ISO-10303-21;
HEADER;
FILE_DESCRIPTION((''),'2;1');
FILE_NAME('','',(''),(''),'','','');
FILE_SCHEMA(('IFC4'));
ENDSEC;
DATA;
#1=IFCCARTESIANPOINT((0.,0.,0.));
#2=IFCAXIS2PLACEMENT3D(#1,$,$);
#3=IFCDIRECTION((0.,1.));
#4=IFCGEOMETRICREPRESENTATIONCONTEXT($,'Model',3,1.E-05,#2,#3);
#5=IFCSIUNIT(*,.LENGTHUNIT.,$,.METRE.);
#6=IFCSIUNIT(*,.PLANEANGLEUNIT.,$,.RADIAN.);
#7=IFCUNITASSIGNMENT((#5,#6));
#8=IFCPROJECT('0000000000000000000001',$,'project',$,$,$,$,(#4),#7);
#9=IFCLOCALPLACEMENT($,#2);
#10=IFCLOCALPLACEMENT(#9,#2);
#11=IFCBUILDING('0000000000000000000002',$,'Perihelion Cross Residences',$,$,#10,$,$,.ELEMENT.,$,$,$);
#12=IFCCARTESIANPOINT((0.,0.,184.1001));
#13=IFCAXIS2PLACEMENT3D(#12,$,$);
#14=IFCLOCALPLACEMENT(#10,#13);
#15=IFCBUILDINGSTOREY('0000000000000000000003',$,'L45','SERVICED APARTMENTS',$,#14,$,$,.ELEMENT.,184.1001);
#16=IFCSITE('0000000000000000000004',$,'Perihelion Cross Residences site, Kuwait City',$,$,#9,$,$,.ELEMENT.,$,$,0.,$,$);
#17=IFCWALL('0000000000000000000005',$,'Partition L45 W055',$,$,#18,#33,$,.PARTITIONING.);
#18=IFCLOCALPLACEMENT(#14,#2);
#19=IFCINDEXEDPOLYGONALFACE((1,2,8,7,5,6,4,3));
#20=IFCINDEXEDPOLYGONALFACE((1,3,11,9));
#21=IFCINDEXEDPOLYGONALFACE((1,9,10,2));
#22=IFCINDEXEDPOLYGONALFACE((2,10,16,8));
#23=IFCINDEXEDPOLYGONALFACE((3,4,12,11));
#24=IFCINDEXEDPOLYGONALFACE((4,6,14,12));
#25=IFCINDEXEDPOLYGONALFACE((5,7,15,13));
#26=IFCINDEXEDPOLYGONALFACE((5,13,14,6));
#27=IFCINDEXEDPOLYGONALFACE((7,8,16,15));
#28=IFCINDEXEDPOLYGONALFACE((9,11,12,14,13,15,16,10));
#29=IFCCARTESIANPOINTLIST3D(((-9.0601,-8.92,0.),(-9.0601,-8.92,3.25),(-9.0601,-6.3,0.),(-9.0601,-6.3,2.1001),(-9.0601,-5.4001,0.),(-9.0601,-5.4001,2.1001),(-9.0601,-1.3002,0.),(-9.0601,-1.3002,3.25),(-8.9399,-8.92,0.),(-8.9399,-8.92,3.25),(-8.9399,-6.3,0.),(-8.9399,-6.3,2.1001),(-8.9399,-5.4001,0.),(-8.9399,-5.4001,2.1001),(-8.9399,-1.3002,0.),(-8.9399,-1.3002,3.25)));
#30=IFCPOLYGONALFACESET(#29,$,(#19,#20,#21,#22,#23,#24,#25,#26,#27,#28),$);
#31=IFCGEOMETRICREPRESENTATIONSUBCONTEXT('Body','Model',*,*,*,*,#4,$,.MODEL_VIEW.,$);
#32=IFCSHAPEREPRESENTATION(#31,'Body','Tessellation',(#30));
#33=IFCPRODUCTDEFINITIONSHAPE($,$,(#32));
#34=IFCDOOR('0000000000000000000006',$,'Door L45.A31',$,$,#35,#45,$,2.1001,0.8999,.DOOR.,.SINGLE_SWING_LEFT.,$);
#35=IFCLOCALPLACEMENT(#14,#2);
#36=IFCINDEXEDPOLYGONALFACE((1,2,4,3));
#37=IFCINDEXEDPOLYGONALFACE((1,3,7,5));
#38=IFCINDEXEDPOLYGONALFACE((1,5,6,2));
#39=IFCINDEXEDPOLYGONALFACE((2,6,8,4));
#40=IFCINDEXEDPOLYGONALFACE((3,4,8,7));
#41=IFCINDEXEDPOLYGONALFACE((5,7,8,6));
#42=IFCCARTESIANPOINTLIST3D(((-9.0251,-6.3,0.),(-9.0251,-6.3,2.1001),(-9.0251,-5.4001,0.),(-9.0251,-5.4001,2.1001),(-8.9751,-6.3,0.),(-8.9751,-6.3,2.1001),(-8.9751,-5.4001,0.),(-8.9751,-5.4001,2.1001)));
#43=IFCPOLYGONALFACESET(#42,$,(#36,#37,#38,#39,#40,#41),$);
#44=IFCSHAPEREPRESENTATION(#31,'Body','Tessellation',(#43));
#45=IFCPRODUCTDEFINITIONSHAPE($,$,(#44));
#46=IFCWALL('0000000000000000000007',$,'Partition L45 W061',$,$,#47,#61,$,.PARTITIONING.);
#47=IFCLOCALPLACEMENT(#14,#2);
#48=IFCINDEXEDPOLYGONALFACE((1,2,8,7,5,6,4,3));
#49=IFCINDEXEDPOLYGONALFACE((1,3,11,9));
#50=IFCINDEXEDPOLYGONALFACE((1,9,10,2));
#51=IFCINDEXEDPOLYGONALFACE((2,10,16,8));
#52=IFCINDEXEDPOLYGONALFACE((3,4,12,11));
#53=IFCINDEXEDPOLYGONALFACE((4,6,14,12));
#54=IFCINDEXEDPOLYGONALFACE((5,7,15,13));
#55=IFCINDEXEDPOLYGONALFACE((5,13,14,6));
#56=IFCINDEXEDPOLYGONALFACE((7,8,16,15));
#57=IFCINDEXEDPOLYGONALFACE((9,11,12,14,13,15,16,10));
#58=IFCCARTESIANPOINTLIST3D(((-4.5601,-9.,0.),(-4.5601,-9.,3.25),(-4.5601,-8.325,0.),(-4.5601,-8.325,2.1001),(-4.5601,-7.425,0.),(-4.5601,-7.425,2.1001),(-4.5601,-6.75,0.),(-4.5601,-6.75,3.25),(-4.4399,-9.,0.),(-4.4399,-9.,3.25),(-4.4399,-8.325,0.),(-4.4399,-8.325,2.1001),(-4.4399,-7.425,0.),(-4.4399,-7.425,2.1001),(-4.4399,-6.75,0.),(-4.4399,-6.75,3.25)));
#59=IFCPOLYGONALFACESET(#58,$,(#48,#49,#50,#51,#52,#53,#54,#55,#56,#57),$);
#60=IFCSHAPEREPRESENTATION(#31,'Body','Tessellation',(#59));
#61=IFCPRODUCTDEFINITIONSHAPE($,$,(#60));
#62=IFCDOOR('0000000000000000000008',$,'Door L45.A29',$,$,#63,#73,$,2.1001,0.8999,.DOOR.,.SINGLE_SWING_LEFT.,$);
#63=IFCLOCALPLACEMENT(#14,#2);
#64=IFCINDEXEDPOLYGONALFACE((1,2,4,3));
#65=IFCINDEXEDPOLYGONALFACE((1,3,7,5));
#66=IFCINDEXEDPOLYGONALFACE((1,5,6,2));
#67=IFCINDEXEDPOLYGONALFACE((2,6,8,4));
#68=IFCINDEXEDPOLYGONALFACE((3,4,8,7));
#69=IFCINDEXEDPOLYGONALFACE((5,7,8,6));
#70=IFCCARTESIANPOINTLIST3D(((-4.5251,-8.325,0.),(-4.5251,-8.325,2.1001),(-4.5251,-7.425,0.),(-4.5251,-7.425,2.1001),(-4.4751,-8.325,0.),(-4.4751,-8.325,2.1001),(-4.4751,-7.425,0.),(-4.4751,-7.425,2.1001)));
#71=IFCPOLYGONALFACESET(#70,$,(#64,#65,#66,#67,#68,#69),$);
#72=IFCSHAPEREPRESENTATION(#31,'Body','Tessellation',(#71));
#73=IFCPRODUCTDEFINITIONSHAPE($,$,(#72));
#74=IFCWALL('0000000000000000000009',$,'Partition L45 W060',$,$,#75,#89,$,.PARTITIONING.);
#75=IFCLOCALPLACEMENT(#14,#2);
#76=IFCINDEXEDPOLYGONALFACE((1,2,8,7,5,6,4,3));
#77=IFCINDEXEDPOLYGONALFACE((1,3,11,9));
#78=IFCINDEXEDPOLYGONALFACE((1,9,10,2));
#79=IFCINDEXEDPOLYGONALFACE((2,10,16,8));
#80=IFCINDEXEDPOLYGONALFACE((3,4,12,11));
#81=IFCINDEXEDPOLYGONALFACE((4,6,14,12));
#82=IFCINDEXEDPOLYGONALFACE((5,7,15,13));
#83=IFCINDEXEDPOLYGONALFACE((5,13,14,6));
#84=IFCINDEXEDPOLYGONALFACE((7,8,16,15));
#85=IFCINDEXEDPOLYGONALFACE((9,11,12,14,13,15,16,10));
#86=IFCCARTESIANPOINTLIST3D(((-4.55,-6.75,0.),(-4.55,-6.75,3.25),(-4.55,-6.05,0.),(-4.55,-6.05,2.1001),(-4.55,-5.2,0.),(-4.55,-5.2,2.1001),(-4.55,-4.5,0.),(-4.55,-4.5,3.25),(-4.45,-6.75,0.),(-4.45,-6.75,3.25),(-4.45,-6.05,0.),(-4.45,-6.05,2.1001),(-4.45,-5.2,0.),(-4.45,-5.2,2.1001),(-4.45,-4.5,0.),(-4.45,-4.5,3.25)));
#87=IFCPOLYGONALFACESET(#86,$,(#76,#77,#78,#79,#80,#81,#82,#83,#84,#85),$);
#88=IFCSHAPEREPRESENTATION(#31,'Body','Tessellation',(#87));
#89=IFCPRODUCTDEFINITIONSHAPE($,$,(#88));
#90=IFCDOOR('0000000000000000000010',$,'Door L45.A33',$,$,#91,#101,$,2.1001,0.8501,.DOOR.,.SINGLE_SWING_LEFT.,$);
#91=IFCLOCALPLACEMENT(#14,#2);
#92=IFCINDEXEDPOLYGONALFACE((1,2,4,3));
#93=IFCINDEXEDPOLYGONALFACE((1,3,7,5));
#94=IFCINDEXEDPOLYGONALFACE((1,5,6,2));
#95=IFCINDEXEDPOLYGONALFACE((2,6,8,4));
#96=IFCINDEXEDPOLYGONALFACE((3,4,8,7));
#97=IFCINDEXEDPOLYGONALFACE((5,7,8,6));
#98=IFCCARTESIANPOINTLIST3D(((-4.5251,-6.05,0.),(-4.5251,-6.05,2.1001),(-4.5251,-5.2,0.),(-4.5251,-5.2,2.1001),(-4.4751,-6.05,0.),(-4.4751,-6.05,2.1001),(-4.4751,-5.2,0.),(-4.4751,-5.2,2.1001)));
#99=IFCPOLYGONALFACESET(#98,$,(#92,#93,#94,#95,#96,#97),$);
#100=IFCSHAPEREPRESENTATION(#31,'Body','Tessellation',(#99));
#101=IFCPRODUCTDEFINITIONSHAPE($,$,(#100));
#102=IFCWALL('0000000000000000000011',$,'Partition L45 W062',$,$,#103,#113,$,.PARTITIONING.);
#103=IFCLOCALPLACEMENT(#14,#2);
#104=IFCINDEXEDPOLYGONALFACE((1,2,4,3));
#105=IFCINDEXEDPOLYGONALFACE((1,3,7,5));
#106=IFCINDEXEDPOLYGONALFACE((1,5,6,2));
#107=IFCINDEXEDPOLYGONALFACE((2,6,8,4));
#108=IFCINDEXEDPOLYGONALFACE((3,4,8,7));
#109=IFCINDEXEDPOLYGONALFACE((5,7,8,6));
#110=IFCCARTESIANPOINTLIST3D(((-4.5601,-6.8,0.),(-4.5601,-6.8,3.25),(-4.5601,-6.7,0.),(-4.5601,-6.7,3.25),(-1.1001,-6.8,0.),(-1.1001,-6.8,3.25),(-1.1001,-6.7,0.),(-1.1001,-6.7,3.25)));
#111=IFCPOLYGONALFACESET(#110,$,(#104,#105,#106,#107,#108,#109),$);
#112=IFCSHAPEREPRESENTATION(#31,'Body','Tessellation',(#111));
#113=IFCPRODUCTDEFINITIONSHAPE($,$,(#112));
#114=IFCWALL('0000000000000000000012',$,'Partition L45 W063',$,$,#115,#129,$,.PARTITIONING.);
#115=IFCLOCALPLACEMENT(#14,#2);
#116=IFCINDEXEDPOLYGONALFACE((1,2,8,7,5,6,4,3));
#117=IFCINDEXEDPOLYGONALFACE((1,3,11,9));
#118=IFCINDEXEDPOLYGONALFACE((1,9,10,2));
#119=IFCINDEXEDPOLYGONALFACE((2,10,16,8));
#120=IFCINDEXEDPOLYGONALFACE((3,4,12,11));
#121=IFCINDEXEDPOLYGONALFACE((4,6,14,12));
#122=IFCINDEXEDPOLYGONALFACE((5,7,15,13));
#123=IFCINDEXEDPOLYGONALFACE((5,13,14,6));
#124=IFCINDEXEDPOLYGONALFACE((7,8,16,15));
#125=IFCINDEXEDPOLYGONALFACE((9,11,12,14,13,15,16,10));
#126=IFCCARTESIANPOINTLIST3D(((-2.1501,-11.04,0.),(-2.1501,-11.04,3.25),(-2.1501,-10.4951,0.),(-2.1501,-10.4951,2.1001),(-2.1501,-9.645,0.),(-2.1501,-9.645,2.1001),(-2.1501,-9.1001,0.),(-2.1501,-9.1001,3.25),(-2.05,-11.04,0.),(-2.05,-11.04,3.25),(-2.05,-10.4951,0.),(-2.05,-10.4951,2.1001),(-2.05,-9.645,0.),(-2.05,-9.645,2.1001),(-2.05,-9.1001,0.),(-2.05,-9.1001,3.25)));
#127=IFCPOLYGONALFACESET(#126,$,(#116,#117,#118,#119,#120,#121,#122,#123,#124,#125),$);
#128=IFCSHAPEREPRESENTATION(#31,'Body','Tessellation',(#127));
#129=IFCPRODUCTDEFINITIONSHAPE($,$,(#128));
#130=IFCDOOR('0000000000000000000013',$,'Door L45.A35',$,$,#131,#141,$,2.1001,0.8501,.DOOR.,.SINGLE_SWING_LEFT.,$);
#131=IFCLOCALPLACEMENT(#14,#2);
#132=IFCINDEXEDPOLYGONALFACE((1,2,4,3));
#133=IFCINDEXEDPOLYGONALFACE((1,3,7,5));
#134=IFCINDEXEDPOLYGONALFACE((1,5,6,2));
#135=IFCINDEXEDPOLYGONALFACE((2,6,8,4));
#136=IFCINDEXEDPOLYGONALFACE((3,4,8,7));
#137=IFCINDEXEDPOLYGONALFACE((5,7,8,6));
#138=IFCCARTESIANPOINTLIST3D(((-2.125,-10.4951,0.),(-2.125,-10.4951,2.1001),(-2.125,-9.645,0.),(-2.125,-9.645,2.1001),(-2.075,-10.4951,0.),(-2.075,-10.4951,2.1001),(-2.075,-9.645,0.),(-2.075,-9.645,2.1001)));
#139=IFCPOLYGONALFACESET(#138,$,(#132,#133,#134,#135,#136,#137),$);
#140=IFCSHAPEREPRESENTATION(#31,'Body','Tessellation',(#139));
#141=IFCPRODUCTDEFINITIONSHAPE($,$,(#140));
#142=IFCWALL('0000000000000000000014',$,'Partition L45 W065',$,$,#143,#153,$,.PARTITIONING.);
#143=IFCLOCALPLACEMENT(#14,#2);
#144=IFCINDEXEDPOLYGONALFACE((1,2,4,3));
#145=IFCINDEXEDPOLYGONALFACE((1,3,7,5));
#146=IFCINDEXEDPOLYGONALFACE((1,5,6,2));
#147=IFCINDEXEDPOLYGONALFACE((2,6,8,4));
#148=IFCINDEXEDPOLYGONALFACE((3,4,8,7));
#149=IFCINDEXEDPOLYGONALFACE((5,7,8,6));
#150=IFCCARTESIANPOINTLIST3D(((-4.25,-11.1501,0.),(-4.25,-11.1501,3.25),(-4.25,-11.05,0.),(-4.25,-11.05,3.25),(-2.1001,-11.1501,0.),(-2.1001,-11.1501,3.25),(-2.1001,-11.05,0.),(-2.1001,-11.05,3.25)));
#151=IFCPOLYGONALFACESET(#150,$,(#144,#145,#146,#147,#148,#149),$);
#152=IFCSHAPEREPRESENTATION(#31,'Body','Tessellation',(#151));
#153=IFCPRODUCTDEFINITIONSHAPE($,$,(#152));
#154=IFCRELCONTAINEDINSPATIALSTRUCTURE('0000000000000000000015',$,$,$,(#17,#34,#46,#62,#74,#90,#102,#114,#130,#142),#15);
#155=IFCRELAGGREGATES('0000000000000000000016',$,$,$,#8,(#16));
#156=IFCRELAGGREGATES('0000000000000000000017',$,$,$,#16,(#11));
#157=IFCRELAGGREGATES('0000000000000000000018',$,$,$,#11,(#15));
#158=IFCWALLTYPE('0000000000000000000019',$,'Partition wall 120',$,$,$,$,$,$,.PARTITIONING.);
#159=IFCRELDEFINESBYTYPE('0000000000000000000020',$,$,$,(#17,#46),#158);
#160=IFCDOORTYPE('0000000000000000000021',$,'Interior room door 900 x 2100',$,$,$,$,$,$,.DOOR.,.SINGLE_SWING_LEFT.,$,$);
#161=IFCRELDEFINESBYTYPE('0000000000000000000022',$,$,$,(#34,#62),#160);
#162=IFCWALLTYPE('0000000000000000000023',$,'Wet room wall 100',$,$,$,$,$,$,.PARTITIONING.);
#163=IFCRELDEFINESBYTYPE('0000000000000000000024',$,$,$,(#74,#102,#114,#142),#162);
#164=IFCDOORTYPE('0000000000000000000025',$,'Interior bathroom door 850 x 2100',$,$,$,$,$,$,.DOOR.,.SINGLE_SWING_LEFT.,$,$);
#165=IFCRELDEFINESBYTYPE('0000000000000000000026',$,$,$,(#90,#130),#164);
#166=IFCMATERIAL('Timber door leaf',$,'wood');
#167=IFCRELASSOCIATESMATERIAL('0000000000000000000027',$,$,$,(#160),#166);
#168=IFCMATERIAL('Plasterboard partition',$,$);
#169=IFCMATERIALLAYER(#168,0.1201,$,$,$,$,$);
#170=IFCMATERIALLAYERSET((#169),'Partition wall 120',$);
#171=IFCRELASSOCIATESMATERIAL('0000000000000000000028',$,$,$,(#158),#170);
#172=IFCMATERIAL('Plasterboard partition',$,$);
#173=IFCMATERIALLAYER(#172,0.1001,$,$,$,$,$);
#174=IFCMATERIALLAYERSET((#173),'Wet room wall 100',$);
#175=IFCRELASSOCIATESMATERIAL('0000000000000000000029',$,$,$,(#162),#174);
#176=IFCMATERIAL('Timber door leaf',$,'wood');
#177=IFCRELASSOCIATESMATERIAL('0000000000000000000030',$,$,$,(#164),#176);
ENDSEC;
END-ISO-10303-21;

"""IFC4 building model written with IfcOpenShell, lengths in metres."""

from ifc_helpers import new_model, si_unit, direction, frame, frame_2d, origin, place, context, subcontext, project, spatial, rectangle, extrude, material, layer, layer_set, type_object, element, fill, save


model = new_model("IFC4")

# Units and contexts
model_context = context("Model", 3, precision=1e-05, world=origin(), true_north=direction((0.0, 1.0)))
body_context = subcontext(model_context, "Body", "Model", "MODEL_VIEW")
ifc_project = project(units=[si_unit("LENGTHUNIT", "METRE"), si_unit("PLANEANGLEUNIT", "RADIAN")], contexts=[model_context])

# Site, building, storey
site_placement = place(None, origin())
site = spatial("IfcSite", under=ifc_project, at=site_placement, Name="Perihelion Cross Residences site, Kuwait City", CompositionType="ELEMENT", RefElevation=0.0)
building_placement = place(site_placement, origin())
building = spatial("IfcBuilding", under=site, at=building_placement, Name="Perihelion Cross Residences", CompositionType="ELEMENT")
storey_placement = place(building_placement, frame((0.0, 0.0, 184.1001)))
storey = spatial("IfcBuildingStorey", under=building, at=storey_placement, Name="L45", Description="SERVICED APARTMENTS", CompositionType="ELEMENT", Elevation=184.1001)

# Shared definitions
ifc_material_1 = material(Name="Timber door leaf", Category="wood")
door_type_1 = type_object("IfcDoorType", Name="Interior room door 900 x 2100", OperationType="SINGLE_SWING_LEFT", PredefinedType="DOOR", material=ifc_material_1)

# Shared definitions
ifc_material_2 = material(Name="Plasterboard partition")
ifc_layer_1 = layer(ifc_material_2, 0.1201)
ifc_layer_set_1 = layer_set([ifc_layer_1], Name="Partition wall 120")
wall_type_1 = type_object("IfcWallType", Name="Partition wall 120", PredefinedType="PARTITIONING", material=ifc_layer_set_1)

# Walls, openings, doors
wall_1_placement = place(storey_placement, frame((-9.0, -1.3, 0.0), z_axis=(0.0, 0.0, 1.0), x_axis=(0.0, -1.0, 0.0)))
wall_1 = element("IfcWall", 1, at=wall_1_placement, inside=storey, type_object=wall_type_1, Name="Partition L45 W055", PredefinedType="PARTITIONING", context=body_context, shape_type="SweptSolid", body=[
    extrude(rectangle(XDim=7.6199, YDim=0.1201, at=frame_2d((3.8101, 0.0))), origin(), (0.0, 0.0, 1.0), 3.25),
])
opening_1_placement = place(wall_1_placement, frame((4.1001, 0.0, 0.0)))
opening_1 = element("IfcOpeningElement", 2, at=opening_1_placement, cuts=wall_1, PredefinedType="OPENING", context=body_context, shape_type="SweptSolid", body=[
    extrude(rectangle(XDim=0.8999, YDim=2.1001, at=frame_2d((0.45, 1.05))), frame((0.0, 0.0701, 0.0), z_axis=(0.0, -1.0, 0.0), x_axis=(1.0, 0.0, 0.0)), (0.0, 0.0, 1.0), 0.1401),
])
door_1_placement = place(opening_1_placement, origin())
door_1 = element("IfcDoor", 3, at=door_1_placement, inside=storey, type_object=door_type_1, Name="Door L45.A31", OperationType="SINGLE_SWING_LEFT", OverallHeight=2.1001, OverallWidth=0.8999, PredefinedType="DOOR", context=body_context, shape_type="SweptSolid", body=[
    extrude(rectangle(XDim=0.8999, YDim=2.1001, at=frame_2d((0.45, 1.05))), frame((0.0, 0.0249, 0.0), z_axis=(0.0, -1.0, 0.0), x_axis=(1.0, 0.0, 0.0)), (0.0, 0.0, 1.0), 0.05),
])
fill(opening_1, door_1)
wall_2_placement = place(storey_placement, frame((-4.5, -6.75, 0.0), z_axis=(0.0, 0.0, 1.0), x_axis=(0.0, -1.0, 0.0)))
wall_2 = element("IfcWall", 4, at=wall_2_placement, inside=storey, type_object=wall_type_1, Name="Partition L45 W061", PredefinedType="PARTITIONING", context=body_context, shape_type="SweptSolid", body=[
    extrude(rectangle(XDim=2.25, YDim=0.1201, at=frame_2d((1.125, 0.0))), origin(), (0.0, 0.0, 1.0), 3.25),
])
opening_2_placement = place(wall_2_placement, frame((0.675, 0.0, 0.0)))
opening_2 = element("IfcOpeningElement", 5, at=opening_2_placement, cuts=wall_2, PredefinedType="OPENING", context=body_context, shape_type="SweptSolid", body=[
    extrude(rectangle(XDim=0.8999, YDim=2.1001, at=frame_2d((0.45, 1.05))), frame((0.0, 0.0701, 0.0), z_axis=(0.0, -1.0, 0.0), x_axis=(1.0, 0.0, 0.0)), (0.0, 0.0, 1.0), 0.1401),
])
door_2_placement = place(opening_2_placement, origin())
door_2 = element("IfcDoor", 6, at=door_2_placement, inside=storey, type_object=door_type_1, Name="Door L45.A29", OperationType="SINGLE_SWING_LEFT", OverallHeight=2.1001, OverallWidth=0.8999, PredefinedType="DOOR", context=body_context, shape_type="SweptSolid", body=[
    extrude(rectangle(XDim=0.8999, YDim=2.1001, at=frame_2d((0.45, 1.05))), frame((0.0, 0.0249, 0.0), z_axis=(0.0, -1.0, 0.0), x_axis=(1.0, 0.0, 0.0)), (0.0, 0.0, 1.0), 0.05),
])
fill(opening_2, door_2)
ifc_material_3 = material(Name="Plasterboard partition")
ifc_layer_2 = layer(ifc_material_3, 0.1001)
ifc_layer_set_2 = layer_set([ifc_layer_2], Name="Wet room wall 100")
wall_type_2 = type_object("IfcWallType", Name="Wet room wall 100", PredefinedType="PARTITIONING", material=ifc_layer_set_2)
wall_3_placement = place(storey_placement, frame((-4.5, -4.5, 0.0), z_axis=(0.0, 0.0, 1.0), x_axis=(0.0, -1.0, 0.0)))
wall_3 = element("IfcWall", 7, at=wall_3_placement, inside=storey, type_object=wall_type_2, Name="Partition L45 W060", PredefinedType="PARTITIONING", context=body_context, shape_type="SweptSolid", body=[
    extrude(rectangle(XDim=2.25, YDim=0.1001, at=frame_2d((1.125, 0.0))), origin(), (0.0, 0.0, 1.0), 3.25),
])
opening_3_placement = place(wall_3_placement, frame((0.7, 0.0, 0.0)))
opening_3 = element("IfcOpeningElement", 8, at=opening_3_placement, cuts=wall_3, PredefinedType="OPENING", context=body_context, shape_type="SweptSolid", body=[
    extrude(rectangle(XDim=0.8501, YDim=2.1001, at=frame_2d((0.425, 1.05))), frame((0.0, 0.0601, 0.0), z_axis=(0.0, -1.0, 0.0), x_axis=(1.0, 0.0, 0.0)), (0.0, 0.0, 1.0), 0.1201),
])
ifc_material_4 = material(Name="Timber door leaf", Category="wood")
door_type_2 = type_object("IfcDoorType", Name="Interior bathroom door 850 x 2100", OperationType="SINGLE_SWING_LEFT", PredefinedType="DOOR", material=ifc_material_4)
door_3_placement = place(opening_3_placement, origin())
door_3 = element("IfcDoor", 9, at=door_3_placement, inside=storey, type_object=door_type_2, Name="Door L45.A33", OperationType="SINGLE_SWING_LEFT", OverallHeight=2.1001, OverallWidth=0.8501, PredefinedType="DOOR", context=body_context, shape_type="SweptSolid", body=[
    extrude(rectangle(XDim=0.8501, YDim=2.1001, at=frame_2d((0.425, 1.05))), frame((0.0, 0.0249, 0.0), z_axis=(0.0, -1.0, 0.0), x_axis=(1.0, 0.0, 0.0)), (0.0, 0.0, 1.0), 0.05),
])
fill(opening_3, door_3)

# Wall
wall_4_placement = place(storey_placement, frame((-1.1001, -6.75, 0.0), z_axis=(0.0, 0.0, 1.0), x_axis=(-1.0, 0.0, 0.0)))
element("IfcWall", 10, at=wall_4_placement, inside=storey, type_object=wall_type_2, Name="Partition L45 W062", PredefinedType="PARTITIONING", context=body_context, shape_type="SweptSolid", body=[
    extrude(rectangle(XDim=3.46, YDim=0.1001, at=frame_2d((1.73, 0.0))), origin(), (0.0, 0.0, 1.0), 3.25),
])

# Wall, opening, door
wall_5_placement = place(storey_placement, frame((-2.1001, -11.04, 0.0), z_axis=(0.0, 0.0, 1.0), x_axis=(0.0, 1.0, 0.0)))
wall_5 = element("IfcWall", 11, at=wall_5_placement, inside=storey, type_object=wall_type_2, Name="Partition L45 W063", PredefinedType="PARTITIONING", context=body_context, shape_type="SweptSolid", body=[
    extrude(rectangle(XDim=1.9399, YDim=0.1001, at=frame_2d((0.97, 0.0))), origin(), (0.0, 0.0, 1.0), 3.25),
])
opening_4_placement = place(wall_5_placement, frame((0.5449, 0.0, 0.0)))
opening_4 = element("IfcOpeningElement", 12, at=opening_4_placement, cuts=wall_5, PredefinedType="OPENING", context=body_context, shape_type="SweptSolid", body=[
    extrude(rectangle(XDim=0.8501, YDim=2.1001, at=frame_2d((0.425, 1.05))), frame((0.0, 0.0601, 0.0), z_axis=(0.0, -1.0, 0.0), x_axis=(1.0, 0.0, 0.0)), (0.0, 0.0, 1.0), 0.1201),
])
door_4_placement = place(opening_4_placement, origin())
door_4 = element("IfcDoor", 13, at=door_4_placement, inside=storey, type_object=door_type_2, Name="Door L45.A35", OperationType="SINGLE_SWING_LEFT", OverallHeight=2.1001, OverallWidth=0.8501, PredefinedType="DOOR", context=body_context, shape_type="SweptSolid", body=[
    extrude(rectangle(XDim=0.8501, YDim=2.1001, at=frame_2d((0.425, 1.05))), frame((0.0, 0.0249, 0.0), z_axis=(0.0, -1.0, 0.0), x_axis=(1.0, 0.0, 0.0)), (0.0, 0.0, 1.0), 0.05),
])
fill(opening_4, door_4)

# Wall
wall_6_placement = place(storey_placement, frame((-2.1001, -11.1001, 0.0), z_axis=(0.0, 0.0, 1.0), x_axis=(-1.0, 0.0, 0.0)))
element("IfcWall", 14, at=wall_6_placement, inside=storey, type_object=wall_type_2, Name="Partition L45 W065", PredefinedType="PARTITIONING", context=body_context, shape_type="SweptSolid", body=[
    extrude(rectangle(XDim=2.1499, YDim=0.1001, at=frame_2d((1.075, 0.0))), origin(), (0.0, 0.0, 1.0), 3.25),
])

save(model, "model.ifc")
